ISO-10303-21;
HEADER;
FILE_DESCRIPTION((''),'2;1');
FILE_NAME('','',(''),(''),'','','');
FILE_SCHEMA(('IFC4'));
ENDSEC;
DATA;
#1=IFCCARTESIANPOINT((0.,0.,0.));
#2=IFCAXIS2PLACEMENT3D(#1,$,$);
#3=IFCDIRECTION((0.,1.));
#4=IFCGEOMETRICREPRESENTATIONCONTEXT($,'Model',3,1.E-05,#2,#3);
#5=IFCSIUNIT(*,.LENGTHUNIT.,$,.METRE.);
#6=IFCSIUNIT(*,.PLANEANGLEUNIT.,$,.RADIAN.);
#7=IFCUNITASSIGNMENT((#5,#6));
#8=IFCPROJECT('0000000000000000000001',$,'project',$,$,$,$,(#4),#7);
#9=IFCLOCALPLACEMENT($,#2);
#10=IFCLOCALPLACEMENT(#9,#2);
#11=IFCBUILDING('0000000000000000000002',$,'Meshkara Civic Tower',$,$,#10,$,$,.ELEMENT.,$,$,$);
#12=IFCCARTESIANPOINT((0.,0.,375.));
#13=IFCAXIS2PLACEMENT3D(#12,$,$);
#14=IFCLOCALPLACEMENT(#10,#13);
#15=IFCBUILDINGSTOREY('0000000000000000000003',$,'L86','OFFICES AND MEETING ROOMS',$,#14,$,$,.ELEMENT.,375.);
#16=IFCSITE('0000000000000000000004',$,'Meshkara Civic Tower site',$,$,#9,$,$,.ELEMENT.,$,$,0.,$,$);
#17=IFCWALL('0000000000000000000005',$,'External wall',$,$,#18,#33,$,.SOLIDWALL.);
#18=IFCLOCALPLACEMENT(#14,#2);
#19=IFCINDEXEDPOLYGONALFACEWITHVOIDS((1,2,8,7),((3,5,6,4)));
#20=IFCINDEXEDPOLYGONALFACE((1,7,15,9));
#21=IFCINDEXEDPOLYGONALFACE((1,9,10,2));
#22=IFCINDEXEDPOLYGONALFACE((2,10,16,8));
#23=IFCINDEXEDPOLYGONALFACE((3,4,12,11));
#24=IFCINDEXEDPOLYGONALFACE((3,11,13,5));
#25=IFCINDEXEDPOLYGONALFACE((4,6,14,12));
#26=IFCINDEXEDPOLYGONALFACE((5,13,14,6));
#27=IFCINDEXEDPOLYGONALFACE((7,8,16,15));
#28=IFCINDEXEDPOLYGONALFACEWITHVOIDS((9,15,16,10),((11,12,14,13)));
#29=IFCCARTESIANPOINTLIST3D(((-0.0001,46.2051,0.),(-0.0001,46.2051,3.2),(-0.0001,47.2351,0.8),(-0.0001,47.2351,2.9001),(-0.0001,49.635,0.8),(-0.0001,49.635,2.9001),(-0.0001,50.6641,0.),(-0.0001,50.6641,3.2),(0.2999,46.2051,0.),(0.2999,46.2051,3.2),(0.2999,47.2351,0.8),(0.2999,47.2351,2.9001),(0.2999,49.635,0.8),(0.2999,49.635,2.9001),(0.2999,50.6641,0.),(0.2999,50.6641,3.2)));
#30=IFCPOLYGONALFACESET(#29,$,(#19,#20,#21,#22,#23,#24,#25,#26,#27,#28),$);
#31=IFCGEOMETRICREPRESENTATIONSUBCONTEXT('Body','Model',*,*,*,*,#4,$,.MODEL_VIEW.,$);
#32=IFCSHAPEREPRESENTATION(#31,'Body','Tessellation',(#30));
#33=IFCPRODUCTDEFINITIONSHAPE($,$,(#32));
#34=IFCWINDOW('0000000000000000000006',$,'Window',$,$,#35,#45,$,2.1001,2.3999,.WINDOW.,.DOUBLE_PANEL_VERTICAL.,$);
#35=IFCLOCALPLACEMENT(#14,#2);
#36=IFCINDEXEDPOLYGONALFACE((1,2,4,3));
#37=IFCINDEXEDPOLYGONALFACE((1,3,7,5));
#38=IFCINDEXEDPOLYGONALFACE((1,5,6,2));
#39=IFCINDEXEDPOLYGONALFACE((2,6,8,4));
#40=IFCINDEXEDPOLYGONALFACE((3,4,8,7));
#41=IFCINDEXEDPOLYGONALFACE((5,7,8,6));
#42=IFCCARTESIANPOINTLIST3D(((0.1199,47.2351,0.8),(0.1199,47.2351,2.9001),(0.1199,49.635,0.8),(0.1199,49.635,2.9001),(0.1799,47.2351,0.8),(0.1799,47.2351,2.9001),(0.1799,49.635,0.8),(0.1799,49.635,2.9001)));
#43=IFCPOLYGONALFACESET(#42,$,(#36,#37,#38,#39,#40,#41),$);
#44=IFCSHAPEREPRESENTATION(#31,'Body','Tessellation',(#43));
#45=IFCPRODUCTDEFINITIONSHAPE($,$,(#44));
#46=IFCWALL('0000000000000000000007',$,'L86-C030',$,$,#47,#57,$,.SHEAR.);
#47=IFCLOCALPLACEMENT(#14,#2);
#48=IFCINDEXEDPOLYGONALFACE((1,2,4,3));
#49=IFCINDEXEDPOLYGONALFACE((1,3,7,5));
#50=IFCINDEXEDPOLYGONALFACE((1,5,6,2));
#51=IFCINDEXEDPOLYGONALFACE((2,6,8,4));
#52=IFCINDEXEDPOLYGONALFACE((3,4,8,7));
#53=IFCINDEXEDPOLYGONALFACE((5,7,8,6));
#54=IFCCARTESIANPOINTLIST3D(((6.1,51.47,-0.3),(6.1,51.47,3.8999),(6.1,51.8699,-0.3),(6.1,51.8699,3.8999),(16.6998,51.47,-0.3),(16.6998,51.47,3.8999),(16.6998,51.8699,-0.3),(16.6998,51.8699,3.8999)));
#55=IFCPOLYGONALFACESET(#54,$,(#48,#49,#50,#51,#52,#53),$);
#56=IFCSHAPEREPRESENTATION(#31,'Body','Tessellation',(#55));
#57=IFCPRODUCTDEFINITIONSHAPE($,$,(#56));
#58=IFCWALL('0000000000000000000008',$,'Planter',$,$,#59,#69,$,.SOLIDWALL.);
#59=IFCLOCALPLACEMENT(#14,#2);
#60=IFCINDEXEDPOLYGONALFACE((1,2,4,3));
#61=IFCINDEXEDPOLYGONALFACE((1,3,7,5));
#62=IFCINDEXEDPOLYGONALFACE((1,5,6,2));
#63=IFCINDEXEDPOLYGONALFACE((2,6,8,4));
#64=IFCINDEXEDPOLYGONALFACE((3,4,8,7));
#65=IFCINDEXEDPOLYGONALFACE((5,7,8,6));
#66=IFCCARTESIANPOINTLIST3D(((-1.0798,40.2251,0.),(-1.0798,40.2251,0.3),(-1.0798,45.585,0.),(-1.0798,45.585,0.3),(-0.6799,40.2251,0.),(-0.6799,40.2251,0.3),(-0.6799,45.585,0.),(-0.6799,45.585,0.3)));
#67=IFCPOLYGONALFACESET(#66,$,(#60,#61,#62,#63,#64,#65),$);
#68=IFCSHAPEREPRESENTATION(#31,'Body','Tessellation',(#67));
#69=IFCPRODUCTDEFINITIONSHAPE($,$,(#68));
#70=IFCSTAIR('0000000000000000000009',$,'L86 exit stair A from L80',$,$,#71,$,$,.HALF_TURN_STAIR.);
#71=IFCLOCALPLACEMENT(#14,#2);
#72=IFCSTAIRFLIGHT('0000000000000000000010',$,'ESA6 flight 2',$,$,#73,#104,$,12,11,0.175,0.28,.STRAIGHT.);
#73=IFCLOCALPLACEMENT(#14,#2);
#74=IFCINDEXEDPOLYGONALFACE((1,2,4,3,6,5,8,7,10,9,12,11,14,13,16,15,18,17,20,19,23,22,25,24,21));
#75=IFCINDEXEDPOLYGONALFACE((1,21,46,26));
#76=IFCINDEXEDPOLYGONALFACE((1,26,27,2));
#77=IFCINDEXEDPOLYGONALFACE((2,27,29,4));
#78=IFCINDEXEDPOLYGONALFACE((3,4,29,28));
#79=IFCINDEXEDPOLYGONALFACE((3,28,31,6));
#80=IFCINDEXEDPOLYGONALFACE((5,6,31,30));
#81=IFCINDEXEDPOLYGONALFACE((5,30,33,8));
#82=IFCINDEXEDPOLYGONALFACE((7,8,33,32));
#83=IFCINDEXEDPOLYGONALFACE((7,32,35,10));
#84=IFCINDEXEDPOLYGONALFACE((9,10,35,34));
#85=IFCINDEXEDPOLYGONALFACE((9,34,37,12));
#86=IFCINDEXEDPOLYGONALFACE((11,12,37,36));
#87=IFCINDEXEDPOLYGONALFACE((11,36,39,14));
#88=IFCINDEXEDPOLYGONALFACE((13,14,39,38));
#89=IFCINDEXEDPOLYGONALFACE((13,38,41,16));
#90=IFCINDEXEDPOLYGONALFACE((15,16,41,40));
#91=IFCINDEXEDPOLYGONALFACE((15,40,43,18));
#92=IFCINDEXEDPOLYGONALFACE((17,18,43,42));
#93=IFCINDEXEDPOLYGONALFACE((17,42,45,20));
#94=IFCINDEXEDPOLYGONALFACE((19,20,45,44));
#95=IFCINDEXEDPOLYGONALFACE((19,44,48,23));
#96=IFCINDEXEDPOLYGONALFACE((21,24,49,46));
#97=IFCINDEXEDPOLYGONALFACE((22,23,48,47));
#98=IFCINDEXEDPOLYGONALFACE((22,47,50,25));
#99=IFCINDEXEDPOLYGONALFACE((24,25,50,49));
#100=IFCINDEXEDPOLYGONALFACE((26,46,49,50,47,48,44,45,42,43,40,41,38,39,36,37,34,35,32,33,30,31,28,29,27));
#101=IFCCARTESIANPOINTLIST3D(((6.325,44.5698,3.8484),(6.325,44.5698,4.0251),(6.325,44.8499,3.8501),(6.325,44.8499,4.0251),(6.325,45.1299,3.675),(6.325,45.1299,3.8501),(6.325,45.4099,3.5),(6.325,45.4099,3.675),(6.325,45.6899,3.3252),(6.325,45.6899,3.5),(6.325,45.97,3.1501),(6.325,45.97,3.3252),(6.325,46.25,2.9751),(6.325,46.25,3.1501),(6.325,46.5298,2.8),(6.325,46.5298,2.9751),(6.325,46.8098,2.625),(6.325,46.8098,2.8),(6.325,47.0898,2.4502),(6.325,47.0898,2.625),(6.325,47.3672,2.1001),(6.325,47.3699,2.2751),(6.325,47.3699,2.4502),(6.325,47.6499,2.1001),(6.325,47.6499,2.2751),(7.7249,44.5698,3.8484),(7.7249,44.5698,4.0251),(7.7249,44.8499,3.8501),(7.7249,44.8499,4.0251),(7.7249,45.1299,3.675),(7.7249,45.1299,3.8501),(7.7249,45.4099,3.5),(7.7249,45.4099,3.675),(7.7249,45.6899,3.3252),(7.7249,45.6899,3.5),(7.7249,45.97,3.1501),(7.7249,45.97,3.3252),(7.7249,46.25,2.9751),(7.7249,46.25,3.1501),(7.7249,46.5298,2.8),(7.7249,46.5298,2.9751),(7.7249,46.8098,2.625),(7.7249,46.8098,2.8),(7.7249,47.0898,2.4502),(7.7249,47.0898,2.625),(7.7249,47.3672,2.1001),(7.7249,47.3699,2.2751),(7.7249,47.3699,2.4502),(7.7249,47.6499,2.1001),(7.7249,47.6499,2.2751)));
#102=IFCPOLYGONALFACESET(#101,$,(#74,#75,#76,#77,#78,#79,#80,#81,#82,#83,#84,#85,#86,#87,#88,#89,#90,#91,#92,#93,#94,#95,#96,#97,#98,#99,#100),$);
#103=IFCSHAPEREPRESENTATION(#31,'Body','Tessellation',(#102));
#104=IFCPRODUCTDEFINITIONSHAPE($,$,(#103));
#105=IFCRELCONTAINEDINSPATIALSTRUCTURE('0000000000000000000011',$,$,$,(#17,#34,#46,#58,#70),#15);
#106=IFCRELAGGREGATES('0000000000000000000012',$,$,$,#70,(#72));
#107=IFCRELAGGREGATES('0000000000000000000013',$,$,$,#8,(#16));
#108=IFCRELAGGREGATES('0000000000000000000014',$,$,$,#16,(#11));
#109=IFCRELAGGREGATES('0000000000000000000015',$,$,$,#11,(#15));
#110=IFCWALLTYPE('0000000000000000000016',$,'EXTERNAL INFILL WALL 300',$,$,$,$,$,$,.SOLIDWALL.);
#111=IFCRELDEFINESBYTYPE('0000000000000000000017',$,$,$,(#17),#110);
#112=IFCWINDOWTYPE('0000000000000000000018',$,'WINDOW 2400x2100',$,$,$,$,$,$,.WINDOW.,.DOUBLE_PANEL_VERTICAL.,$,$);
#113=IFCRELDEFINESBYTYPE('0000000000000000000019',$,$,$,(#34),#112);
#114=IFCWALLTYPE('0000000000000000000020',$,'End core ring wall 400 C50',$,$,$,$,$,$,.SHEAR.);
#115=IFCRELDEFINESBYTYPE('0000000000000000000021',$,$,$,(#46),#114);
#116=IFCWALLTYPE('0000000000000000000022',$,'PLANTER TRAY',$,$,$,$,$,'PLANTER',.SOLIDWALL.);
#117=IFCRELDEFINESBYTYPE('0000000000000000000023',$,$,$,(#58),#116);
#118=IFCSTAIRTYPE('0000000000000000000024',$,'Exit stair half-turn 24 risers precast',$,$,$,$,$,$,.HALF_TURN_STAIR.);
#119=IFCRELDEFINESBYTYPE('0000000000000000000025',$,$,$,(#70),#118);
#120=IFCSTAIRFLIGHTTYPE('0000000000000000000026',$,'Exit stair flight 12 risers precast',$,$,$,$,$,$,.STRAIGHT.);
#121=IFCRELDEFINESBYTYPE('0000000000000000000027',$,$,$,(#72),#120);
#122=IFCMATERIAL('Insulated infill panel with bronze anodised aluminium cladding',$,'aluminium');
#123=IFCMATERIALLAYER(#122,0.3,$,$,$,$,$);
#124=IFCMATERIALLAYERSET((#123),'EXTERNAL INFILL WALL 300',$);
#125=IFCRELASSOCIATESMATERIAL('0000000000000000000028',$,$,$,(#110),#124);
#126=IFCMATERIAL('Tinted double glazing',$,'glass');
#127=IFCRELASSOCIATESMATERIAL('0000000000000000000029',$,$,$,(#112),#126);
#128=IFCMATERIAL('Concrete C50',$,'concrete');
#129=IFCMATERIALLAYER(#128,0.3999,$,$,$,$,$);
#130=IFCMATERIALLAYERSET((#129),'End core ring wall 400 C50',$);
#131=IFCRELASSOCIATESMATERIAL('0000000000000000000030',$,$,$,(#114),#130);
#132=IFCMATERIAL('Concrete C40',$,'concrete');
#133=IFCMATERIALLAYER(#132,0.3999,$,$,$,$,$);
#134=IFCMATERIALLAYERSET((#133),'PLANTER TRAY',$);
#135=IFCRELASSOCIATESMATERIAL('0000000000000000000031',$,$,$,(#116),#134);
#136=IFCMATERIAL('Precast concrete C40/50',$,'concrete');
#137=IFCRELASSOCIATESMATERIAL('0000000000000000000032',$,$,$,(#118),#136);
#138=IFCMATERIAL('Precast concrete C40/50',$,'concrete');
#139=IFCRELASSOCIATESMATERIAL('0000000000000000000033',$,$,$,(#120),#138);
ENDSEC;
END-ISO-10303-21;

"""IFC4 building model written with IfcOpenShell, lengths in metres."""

from ifc_helpers import new_model, si_unit, direction, frame, frame_2d, origin, place, context, subcontext, project, spatial, polyline, rectangle, outline, extrude, material, layer, layer_set, type_object, element, fill, aggregate, save


model = new_model("IFC4")

# Units and contexts
model_context = context("Model", 3, precision=1e-05, world=origin(), true_north=direction((0.0, 1.0)))
body_context = subcontext(model_context, "Body", "Model", "MODEL_VIEW")
ifc_project = project(units=[si_unit("LENGTHUNIT", "METRE"), si_unit("PLANEANGLEUNIT", "RADIAN")], contexts=[model_context])

# Site, building, storey
site_placement = place(None, origin())
site = spatial("IfcSite", under=ifc_project, at=site_placement, Name="Meshkara Civic Tower site", CompositionType="ELEMENT", RefElevation=0.0)
building_placement = place(site_placement, origin())
building = spatial("IfcBuilding", under=site, at=building_placement, Name="Meshkara Civic Tower", CompositionType="ELEMENT")
storey_placement = place(building_placement, frame((0.0, 0.0, 375.0)))
storey = spatial("IfcBuildingStorey", under=building, at=storey_placement, Name="L86", Description="OFFICES AND MEETING ROOMS", CompositionType="ELEMENT", Elevation=375.0)

# Wall, opening, window
ifc_material_1 = material(Name="Insulated infill panel with bronze anodised aluminium cladding", Category="aluminium")
ifc_layer_1 = layer(ifc_material_1, 0.3)
ifc_layer_set_1 = layer_set([ifc_layer_1], Name="EXTERNAL INFILL WALL 300")
wall_type_1 = type_object("IfcWallType", Name="EXTERNAL INFILL WALL 300", PredefinedType="SOLIDWALL", material=ifc_layer_set_1)
ifc_material_2 = material(Name="Tinted double glazing", Category="glass")
window_type = type_object("IfcWindowType", Name="WINDOW 2400x2100", PartitioningType="DOUBLE_PANEL_VERTICAL", PredefinedType="WINDOW", material=ifc_material_2)
wall_1_placement = place(storey_placement, frame((0.1499, 50.6641, 0.0), z_axis=(0.0, 0.0, 1.0), x_axis=(0.0, -1.0, 0.0)))
wall_1 = element("IfcWall", 1, at=wall_1_placement, inside=storey, type_object=wall_type_1, Name="External wall", PredefinedType="SOLIDWALL", context=body_context, shape_type="SweptSolid", body=[
    extrude(rectangle(XDim=4.459, YDim=0.3, at=frame_2d((2.2295, 0.0))), origin(), (0.0, 0.0, 1.0), 3.2),
])
opening_1_placement = place(wall_1_placement, frame((1.0291, 0.0, 0.8)))
opening_1 = element("IfcOpeningElement", 2, at=opening_1_placement, cuts=wall_1, PredefinedType="OPENING", context=body_context, shape_type="SweptSolid", body=[
    extrude(rectangle(XDim=2.3999, YDim=2.1001, at=frame_2d((1.2, 1.05))), frame((0.0, 0.1599, 0.0), z_axis=(0.0, -1.0, 0.0), x_axis=(1.0, 0.0, 0.0)), (0.0, 0.0, 1.0), 0.3201),
])
window_1_placement = place(opening_1_placement, origin())
window_1 = element("IfcWindow", 3, at=window_1_placement, inside=storey, type_object=window_type, Name="Window", OverallHeight=2.1001, OverallWidth=2.3999, PartitioningType="DOUBLE_PANEL_VERTICAL", PredefinedType="WINDOW", context=body_context, shape_type="SweptSolid", body=[
    extrude(rectangle(XDim=2.3999, YDim=2.1001, at=frame_2d((1.2, 1.05))), frame((0.0, 0.03, 0.0), z_axis=(0.0, -1.0, 0.0), x_axis=(1.0, 0.0, 0.0)), (0.0, 0.0, 1.0), 0.0601),
])
fill(opening_1, window_1)

# Wall
ifc_material_3 = material(Name="Concrete C50", Category="concrete")
ifc_layer_2 = layer(ifc_material_3, 0.3999)
ifc_layer_set_2 = layer_set([ifc_layer_2], Name="End core ring wall 400 C50")
wall_type_2 = type_object("IfcWallType", Name="End core ring wall 400 C50", PredefinedType="SHEAR", material=ifc_layer_set_2)
wall_2_placement = place(storey_placement, frame((6.1001, 51.6699, -0.3), z_axis=(0.0, 0.0, 1.0), x_axis=(1.0, 0.0, 0.0)))
element("IfcWall", 4, at=wall_2_placement, inside=storey, type_object=wall_type_2, Name="L86-C030", PredefinedType="SHEAR", context=body_context, shape_type="SweptSolid", body=[
    extrude(rectangle(XDim=10.5999, YDim=0.3999, at=frame_2d((5.2998, 0.0))), origin(), (0.0, 0.0, 1.0), 4.2),
])

# Wall
ifc_material_4 = material(Name="Concrete C40", Category="concrete")
ifc_layer_3 = layer(ifc_material_4, 0.3999)
ifc_layer_set_3 = layer_set([ifc_layer_3], Name="PLANTER TRAY")
wall_type_3 = type_object("IfcWallType", Name="PLANTER TRAY", ElementType="PLANTER", PredefinedType="SOLIDWALL", material=ifc_layer_set_3)
wall_3_placement = place(storey_placement, frame((-0.8799, 45.585, 0.0), z_axis=(0.0, 0.0, 1.0), x_axis=(0.0, -1.0, 0.0)))
element("IfcWall", 5, at=wall_3_placement, inside=storey, type_object=wall_type_3, Name="Planter", PredefinedType="SOLIDWALL", context=body_context, shape_type="SweptSolid", body=[
    extrude(rectangle(XDim=5.3599, YDim=0.3999, at=frame_2d((2.6799, 0.0))), origin(), (0.0, 0.0, 1.0), 0.3),
])

# Stair, stair flight
ifc_material_5 = material(Name="Precast concrete C40/50", Category="concrete")
stair_type = type_object("IfcStairType", Name="Exit stair half-turn 24 risers precast", PredefinedType="HALF_TURN_STAIR", material=ifc_material_5)
stair_placement = place(storey_placement, origin())
stair = element("IfcStair", 6, at=stair_placement, inside=storey, type_object=stair_type, Name="L86 exit stair A from L80", PredefinedType="HALF_TURN_STAIR")
ifc_material_6 = material(Name="Precast concrete C40/50", Category="concrete")
stair_flight_type = type_object("IfcStairFlightType", Name="Exit stair flight 12 risers precast", PredefinedType="STRAIGHT", material=ifc_material_6)
stair_flight_placement = place(storey_placement, frame((7.0249, 47.6499, 2.1001), z_axis=(0.0, 0.0, 1.0), x_axis=(0.0, -1.0, 0.0)))
stair_flight = element("IfcStairFlight", 7, at=stair_flight_placement, type_object=stair_flight_type, Name="ESA6 flight 2", NumberOfRisers=12, NumberOfTreads=11, PredefinedType="STRAIGHT", RiserHeight=0.175, TreadLength=0.28, context=body_context, shape_type="SweptSolid", body=[
    extrude(outline(polyline([(0.0, 0.0), (0.0, 0.175), (0.28, 0.175), (0.28, 0.3501), (0.5601, 0.3501), (0.5601, 0.5249), (0.8401, 0.5249), (0.8401, 0.7), (1.1201, 0.7), (1.1201, 0.875), (1.3999, 0.875), (1.3999, 1.05), (1.6799, 1.05), (1.6799, 1.2251), (1.96, 1.2251), (1.96, 1.3999), (2.24, 1.3999), (2.24, 1.575), (2.52, 1.575), (2.52, 1.75), (2.8, 1.75), (2.8, 1.925), (3.0801, 1.925), (3.0801, 2.1001), (3.0801, 1.7483), (0.2827, 0.0), (0.0, 0.0)])), frame((0.0, 0.7, 0.0), z_axis=(0.0, -1.0, 0.0), x_axis=(1.0, 0.0, 0.0)), (0.0, 0.0, 1.0), 1.3999),
])
aggregate(stair, [stair_flight])

save(model, "model.ifc")
